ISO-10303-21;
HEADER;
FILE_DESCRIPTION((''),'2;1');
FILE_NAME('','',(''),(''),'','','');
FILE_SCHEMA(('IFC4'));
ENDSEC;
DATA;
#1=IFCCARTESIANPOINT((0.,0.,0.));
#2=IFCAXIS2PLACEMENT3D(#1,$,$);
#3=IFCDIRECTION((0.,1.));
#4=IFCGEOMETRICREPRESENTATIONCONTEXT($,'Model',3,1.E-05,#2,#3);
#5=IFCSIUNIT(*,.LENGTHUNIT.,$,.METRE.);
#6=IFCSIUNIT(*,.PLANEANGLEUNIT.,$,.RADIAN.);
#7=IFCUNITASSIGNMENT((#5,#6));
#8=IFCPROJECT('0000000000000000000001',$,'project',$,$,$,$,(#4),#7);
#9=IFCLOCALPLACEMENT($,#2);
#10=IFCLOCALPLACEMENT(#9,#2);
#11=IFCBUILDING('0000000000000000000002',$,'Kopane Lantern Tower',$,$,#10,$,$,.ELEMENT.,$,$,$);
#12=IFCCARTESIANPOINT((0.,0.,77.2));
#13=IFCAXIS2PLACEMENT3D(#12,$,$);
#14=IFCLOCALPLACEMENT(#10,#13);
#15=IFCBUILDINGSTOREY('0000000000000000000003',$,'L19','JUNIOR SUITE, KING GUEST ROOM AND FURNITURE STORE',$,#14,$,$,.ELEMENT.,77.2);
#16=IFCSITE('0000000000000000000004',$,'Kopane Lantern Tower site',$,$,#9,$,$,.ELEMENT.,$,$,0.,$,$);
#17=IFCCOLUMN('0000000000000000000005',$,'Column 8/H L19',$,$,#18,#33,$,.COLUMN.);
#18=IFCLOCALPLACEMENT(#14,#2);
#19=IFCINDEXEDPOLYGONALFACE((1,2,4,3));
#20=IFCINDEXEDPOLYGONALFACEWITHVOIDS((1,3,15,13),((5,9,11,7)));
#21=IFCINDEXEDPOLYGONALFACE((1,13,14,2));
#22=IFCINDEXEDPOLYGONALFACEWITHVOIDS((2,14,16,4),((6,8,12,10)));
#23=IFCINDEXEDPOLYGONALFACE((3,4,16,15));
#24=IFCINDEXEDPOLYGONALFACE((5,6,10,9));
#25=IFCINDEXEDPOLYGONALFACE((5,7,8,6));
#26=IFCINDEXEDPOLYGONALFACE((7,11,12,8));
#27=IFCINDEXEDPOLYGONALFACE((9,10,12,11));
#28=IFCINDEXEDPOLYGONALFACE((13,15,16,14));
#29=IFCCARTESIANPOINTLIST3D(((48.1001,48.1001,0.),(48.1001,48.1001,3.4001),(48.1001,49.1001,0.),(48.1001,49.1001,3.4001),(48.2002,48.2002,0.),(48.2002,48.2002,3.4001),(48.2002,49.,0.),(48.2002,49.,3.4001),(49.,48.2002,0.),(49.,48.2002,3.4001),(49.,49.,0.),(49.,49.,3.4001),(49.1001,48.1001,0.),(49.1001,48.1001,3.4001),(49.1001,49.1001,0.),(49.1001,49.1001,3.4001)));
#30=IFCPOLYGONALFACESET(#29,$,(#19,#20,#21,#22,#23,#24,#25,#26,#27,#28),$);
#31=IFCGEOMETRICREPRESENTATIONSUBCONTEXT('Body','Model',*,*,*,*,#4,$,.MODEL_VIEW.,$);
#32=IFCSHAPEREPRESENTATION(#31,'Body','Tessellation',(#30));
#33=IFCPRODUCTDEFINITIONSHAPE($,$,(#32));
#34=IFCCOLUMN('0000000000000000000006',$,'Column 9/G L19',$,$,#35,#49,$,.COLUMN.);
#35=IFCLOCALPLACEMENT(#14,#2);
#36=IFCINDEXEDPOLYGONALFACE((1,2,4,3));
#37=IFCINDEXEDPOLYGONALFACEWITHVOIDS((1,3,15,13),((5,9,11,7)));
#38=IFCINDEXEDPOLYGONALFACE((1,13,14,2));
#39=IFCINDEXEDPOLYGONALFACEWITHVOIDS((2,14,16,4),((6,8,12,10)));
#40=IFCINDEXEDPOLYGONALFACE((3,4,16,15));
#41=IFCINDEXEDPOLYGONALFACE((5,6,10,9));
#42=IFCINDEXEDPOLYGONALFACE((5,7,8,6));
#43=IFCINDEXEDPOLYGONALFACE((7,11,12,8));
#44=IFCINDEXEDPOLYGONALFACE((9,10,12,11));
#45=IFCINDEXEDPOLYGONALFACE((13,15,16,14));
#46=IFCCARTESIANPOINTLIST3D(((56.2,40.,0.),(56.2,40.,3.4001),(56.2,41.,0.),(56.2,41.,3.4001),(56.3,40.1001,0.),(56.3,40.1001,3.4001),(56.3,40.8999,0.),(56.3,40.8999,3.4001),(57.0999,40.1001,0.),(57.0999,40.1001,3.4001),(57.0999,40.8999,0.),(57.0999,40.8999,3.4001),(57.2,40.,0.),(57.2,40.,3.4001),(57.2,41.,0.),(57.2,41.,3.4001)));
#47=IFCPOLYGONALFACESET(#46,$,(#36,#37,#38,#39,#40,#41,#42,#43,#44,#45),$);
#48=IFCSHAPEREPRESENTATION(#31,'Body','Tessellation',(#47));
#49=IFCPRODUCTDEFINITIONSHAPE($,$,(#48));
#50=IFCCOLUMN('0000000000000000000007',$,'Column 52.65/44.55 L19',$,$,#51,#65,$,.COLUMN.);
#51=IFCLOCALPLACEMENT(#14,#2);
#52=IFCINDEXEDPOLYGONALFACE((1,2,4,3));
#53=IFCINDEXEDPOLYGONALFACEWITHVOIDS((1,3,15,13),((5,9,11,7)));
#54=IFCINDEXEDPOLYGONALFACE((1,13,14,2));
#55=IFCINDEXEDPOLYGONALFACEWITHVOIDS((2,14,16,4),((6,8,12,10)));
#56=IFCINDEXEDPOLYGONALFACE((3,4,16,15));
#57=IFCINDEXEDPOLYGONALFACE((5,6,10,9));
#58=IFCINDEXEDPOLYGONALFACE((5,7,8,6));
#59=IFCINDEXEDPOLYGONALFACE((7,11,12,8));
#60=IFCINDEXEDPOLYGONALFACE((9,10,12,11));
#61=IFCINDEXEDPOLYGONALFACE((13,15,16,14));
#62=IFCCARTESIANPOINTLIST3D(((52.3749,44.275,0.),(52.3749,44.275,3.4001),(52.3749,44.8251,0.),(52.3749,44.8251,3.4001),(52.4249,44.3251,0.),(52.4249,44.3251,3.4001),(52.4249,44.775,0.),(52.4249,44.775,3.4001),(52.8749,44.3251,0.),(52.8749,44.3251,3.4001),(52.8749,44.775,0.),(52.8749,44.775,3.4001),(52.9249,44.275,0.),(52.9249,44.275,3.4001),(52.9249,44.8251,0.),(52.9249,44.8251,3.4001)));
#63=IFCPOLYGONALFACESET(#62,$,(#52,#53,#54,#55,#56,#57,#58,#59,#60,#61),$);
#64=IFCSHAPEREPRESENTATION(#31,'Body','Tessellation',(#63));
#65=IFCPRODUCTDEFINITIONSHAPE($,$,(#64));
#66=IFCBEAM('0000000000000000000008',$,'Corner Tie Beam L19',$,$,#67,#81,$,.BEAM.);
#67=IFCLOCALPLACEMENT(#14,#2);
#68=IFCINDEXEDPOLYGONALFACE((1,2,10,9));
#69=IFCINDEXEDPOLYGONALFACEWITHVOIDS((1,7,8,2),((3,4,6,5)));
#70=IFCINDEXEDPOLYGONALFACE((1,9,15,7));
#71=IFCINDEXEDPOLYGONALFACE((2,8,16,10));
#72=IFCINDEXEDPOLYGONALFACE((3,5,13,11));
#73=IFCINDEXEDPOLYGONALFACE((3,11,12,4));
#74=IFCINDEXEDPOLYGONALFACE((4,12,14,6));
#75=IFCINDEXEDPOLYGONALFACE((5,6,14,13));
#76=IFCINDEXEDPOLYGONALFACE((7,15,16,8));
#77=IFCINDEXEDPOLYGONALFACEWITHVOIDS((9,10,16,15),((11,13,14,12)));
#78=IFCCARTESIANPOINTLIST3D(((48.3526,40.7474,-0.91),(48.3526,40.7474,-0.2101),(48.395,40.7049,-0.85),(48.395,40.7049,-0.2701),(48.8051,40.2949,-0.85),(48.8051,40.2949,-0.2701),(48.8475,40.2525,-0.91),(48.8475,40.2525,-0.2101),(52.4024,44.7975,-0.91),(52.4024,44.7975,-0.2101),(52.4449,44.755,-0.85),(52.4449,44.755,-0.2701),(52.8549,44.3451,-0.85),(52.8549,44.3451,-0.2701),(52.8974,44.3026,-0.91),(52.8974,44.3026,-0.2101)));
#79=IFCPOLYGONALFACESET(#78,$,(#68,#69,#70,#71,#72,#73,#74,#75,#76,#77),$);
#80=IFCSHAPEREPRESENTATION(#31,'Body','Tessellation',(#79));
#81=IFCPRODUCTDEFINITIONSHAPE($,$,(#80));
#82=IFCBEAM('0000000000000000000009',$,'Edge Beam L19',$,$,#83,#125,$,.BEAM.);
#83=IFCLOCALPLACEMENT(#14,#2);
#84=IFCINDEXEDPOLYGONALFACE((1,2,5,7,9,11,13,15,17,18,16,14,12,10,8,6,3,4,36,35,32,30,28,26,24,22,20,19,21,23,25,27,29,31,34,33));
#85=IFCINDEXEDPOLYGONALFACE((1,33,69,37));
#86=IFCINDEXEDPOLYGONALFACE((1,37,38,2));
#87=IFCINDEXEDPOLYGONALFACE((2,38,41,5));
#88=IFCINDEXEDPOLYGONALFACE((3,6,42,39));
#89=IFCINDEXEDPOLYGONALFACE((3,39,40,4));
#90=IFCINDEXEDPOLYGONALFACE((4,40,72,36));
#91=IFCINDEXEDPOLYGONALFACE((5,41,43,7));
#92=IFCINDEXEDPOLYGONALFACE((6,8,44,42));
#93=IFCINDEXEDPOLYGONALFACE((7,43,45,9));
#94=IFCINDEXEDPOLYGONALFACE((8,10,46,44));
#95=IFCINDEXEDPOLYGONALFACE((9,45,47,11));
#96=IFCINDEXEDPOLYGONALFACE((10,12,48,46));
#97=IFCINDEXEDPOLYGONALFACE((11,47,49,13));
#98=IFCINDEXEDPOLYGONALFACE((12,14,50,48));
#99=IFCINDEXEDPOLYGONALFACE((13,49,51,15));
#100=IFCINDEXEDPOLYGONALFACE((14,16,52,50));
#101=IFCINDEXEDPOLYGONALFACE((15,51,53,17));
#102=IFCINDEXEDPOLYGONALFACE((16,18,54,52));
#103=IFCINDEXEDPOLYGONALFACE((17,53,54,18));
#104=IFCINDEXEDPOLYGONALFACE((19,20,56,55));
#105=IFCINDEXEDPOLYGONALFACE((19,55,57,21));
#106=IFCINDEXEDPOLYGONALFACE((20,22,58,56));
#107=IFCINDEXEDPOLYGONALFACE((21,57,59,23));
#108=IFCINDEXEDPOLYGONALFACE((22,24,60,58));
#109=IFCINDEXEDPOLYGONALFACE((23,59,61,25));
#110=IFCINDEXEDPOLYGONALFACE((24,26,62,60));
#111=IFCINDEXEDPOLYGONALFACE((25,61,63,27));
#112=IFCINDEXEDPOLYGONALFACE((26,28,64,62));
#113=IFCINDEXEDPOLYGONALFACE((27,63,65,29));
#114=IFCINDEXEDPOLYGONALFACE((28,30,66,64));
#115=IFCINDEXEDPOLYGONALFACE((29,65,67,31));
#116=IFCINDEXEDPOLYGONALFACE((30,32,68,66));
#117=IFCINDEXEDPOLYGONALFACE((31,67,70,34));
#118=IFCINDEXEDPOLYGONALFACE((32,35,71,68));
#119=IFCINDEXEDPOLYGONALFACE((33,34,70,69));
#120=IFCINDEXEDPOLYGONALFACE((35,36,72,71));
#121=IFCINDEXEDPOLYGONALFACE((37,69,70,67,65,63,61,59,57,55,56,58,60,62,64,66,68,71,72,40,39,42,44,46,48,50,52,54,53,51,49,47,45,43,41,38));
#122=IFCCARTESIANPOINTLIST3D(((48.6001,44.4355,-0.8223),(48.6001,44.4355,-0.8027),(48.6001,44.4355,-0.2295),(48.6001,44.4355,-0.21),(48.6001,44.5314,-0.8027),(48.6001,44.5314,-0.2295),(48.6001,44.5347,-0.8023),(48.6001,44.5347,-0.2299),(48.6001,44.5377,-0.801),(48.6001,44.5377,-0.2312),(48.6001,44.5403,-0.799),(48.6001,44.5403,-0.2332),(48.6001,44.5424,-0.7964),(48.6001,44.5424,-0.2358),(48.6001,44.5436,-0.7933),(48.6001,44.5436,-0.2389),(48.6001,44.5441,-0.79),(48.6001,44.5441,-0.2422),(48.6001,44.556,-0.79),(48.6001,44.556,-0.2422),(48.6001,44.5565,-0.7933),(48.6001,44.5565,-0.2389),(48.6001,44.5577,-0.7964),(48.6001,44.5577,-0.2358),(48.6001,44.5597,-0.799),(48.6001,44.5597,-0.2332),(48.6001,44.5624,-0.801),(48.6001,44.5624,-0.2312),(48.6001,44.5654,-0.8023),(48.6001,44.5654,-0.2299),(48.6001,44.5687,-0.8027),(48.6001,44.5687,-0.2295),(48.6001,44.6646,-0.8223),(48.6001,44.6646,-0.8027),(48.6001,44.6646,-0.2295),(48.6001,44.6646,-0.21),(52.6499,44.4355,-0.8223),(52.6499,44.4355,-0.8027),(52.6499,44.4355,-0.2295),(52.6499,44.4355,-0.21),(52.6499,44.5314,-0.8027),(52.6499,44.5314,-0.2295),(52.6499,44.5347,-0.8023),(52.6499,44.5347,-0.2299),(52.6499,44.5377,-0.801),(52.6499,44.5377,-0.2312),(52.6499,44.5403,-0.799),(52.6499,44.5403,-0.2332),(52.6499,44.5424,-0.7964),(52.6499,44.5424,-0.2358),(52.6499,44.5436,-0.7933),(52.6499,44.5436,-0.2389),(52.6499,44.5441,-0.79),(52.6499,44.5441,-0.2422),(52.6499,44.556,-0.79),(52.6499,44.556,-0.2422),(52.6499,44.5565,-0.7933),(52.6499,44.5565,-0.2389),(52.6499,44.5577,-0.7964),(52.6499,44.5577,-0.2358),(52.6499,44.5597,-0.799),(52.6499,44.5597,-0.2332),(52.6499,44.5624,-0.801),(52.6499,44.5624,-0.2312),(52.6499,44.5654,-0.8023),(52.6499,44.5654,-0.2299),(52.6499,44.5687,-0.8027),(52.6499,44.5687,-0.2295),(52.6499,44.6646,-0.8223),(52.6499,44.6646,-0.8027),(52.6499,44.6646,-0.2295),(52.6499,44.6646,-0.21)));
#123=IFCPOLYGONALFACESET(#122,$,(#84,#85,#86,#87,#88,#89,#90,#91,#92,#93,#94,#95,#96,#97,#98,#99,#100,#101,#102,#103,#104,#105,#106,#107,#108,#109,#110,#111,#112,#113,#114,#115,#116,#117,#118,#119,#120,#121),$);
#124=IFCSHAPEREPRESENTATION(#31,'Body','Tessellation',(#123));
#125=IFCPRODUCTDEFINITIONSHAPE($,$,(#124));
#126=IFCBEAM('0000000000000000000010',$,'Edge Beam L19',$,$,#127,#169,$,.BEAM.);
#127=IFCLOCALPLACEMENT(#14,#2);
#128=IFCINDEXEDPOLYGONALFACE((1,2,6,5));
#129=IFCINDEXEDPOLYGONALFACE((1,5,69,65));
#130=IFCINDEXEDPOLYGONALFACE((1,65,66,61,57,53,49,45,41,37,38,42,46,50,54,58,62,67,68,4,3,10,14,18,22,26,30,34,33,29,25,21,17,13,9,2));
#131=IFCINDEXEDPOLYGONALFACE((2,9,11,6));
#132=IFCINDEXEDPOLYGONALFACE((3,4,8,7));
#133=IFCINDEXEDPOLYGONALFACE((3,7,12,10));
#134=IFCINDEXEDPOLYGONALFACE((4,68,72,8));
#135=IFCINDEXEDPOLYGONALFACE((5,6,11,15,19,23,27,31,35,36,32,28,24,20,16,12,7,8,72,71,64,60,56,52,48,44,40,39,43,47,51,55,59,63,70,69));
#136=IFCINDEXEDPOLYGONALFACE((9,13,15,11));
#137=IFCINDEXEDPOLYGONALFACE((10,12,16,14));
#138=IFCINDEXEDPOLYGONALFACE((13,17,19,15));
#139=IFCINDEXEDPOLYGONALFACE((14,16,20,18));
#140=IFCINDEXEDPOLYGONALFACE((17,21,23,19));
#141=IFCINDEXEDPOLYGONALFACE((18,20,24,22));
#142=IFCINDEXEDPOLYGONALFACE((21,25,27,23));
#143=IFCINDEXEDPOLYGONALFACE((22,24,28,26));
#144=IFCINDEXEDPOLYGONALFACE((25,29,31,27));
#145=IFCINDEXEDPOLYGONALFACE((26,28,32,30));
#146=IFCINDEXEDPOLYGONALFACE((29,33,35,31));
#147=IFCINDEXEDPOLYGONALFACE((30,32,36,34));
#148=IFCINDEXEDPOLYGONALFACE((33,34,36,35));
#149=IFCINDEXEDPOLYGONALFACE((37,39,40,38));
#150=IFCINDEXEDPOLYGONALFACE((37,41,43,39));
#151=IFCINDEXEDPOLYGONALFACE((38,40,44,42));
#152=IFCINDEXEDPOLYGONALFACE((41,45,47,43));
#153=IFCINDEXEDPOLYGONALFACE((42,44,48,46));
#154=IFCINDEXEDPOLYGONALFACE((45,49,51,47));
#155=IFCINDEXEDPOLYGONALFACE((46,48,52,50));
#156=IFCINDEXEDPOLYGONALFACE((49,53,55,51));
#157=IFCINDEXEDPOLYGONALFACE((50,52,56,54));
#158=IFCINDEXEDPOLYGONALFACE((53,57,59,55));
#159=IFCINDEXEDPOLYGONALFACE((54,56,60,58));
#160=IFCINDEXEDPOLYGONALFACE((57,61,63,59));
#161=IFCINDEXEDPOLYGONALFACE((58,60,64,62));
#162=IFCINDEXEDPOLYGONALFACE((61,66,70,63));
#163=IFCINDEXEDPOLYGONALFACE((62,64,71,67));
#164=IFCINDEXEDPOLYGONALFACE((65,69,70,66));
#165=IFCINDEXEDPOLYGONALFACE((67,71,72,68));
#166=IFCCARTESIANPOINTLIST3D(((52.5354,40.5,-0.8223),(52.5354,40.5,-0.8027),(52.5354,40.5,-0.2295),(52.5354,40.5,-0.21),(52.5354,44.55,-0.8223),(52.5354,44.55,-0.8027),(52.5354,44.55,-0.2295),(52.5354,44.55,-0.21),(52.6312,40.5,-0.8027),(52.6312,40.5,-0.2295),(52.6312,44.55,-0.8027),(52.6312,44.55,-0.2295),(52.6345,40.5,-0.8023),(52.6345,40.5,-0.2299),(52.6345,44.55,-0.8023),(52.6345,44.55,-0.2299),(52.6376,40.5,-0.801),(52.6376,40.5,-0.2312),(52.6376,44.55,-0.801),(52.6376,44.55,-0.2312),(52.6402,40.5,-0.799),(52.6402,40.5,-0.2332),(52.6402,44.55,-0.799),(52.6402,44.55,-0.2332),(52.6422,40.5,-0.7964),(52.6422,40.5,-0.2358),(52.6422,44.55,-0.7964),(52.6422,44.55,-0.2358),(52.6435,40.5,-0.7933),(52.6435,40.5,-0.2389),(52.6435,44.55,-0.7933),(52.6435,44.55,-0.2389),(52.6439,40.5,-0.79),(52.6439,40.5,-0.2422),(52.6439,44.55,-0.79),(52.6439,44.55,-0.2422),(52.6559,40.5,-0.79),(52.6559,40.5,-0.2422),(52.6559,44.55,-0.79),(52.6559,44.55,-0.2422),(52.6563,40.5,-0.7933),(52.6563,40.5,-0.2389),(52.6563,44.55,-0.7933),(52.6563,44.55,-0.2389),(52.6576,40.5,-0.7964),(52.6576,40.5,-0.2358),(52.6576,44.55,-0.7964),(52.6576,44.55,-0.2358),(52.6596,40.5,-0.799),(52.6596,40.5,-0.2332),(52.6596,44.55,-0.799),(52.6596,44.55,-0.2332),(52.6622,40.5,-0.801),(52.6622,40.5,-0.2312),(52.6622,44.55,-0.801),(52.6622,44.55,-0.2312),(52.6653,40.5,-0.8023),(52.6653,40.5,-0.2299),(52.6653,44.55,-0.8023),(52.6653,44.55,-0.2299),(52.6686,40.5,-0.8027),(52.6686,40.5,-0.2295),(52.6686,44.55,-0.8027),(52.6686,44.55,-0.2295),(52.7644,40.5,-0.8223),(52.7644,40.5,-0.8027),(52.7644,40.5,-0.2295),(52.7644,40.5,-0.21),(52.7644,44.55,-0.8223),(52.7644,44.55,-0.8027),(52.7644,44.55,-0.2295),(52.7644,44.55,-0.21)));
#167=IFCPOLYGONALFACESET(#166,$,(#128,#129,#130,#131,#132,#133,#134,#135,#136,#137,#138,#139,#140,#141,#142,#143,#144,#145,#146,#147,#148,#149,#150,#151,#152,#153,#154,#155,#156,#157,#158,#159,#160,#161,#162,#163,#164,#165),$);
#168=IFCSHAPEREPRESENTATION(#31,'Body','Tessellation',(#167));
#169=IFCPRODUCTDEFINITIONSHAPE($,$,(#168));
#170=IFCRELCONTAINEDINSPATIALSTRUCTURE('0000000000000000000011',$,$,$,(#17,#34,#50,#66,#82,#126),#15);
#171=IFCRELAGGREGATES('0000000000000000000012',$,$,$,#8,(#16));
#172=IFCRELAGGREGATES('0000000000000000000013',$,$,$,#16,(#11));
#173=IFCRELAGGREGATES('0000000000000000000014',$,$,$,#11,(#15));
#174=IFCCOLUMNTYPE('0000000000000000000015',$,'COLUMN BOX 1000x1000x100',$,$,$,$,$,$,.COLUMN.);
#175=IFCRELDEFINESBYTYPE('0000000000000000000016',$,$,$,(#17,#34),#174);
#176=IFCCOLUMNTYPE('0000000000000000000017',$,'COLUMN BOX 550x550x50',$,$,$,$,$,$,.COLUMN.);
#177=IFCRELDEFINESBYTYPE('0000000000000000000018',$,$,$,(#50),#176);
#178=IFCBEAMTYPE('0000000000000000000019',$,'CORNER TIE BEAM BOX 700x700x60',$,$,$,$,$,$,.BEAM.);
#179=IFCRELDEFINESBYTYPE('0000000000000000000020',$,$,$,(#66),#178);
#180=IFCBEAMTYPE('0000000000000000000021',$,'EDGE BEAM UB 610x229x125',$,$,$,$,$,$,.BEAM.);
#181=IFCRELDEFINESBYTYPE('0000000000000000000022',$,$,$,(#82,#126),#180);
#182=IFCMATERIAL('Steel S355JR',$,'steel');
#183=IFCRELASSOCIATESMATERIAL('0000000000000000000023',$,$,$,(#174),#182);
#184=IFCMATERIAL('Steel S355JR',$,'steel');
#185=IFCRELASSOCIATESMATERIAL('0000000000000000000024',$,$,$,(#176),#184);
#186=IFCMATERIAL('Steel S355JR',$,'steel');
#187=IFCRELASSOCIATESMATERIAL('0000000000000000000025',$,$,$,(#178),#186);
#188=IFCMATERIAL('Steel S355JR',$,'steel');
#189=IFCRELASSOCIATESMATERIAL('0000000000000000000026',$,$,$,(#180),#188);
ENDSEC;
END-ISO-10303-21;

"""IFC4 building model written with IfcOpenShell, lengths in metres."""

from ifc_helpers import new_model, si_unit, direction, frame, origin, origin_2d, place, context, subcontext, project, spatial, hollow_rectangle, i_section, extrude, material, material_profile, profile_set, type_object, element, save


model = new_model("IFC4")

# Units and contexts
model_context = context("Model", 3, precision=1e-05, world=origin(), true_north=direction((0.0, 1.0)))
body_context = subcontext(model_context, "Body", "Model", "MODEL_VIEW")
ifc_project = project(units=[si_unit("LENGTHUNIT", "METRE"), si_unit("PLANEANGLEUNIT", "RADIAN")], contexts=[model_context])

# Site, building, storey
site_placement = place(None, origin())
site = spatial("IfcSite", under=ifc_project, at=site_placement, Name="Kopane Lantern Tower site", CompositionType="ELEMENT", RefElevation=0.0)
building_placement = place(site_placement, origin())
building = spatial("IfcBuilding", under=site, at=building_placement, Name="Kopane Lantern Tower", CompositionType="ELEMENT")
storey_placement = place(building_placement, frame((0.0, 0.0, 77.2)))
storey = spatial("IfcBuildingStorey", under=building, at=storey_placement, Name="L19", Description="JUNIOR SUITE, KING GUEST ROOM AND FURNITURE STORE", CompositionType="ELEMENT", Elevation=77.2)

# Columns
ifc_material_1 = material(Name="Steel S355JR", Category="steel")
ifc_material_profile_1 = material_profile(ifc_material_1, hollow_rectangle(XDim=1.0, YDim=1.0, WallThickness=0.1001, at=origin_2d()), Name="BOX 1000x1000x100")
ifc_profile_set_1 = profile_set([ifc_material_profile_1], Name="Steel S355JR")
column_type_1 = type_object("IfcColumnType", Name="COLUMN BOX 1000x1000x100", PredefinedType="COLUMN", material=ifc_profile_set_1)
for number, where, z_axis, x_axis, name in (
    (1, (48.6001, 48.6001, 0.0), (0.0, 0.0, 1.0), (1.0, 0.0, 0.0), "Column 8/H L19"),
    (2, (56.7, 40.5, 0.0), (0.0, 0.0, 1.0), (1.0, 0.0, 0.0), "Column 9/G L19"),
):
    element("IfcColumn", number, at=place(storey_placement, frame(where, z_axis=z_axis, x_axis=x_axis)), inside=storey, type_object=column_type_1, Name=name, PredefinedType="COLUMN", context=body_context, shape_type="SweptSolid", body=[
        extrude(hollow_rectangle(XDim=1.0, YDim=1.0, WallThickness=0.1001, at=origin_2d()), origin(), (0.0, 0.0, 1.0), 3.4001),
    ])
ifc_material_2 = material(Name="Steel S355JR", Category="steel")
ifc_material_profile_2 = material_profile(ifc_material_2, hollow_rectangle(XDim=0.55, YDim=0.55, WallThickness=0.05, at=origin_2d()), Name="BOX 550x550x50")
ifc_profile_set_2 = profile_set([ifc_material_profile_2], Name="Steel S355JR")
column_type_2 = type_object("IfcColumnType", Name="COLUMN BOX 550x550x50", PredefinedType="COLUMN", material=ifc_profile_set_2)
column_placement = place(storey_placement, frame((52.6499, 44.55, 0.0), z_axis=(0.0, 0.0, 1.0), x_axis=(1.0, 0.0, 0.0)))
element("IfcColumn", 3, at=column_placement, inside=storey, type_object=column_type_2, Name="Column 52.65/44.55 L19", PredefinedType="COLUMN", context=body_context, shape_type="SweptSolid", body=[
    extrude(hollow_rectangle(XDim=0.55, YDim=0.55, WallThickness=0.05, at=origin_2d()), origin(), (0.0, 0.0, 1.0), 3.4001),
])

# Beams
ifc_material_3 = material(Name="Steel S355JR", Category="steel")
ifc_material_profile_3 = material_profile(ifc_material_3, hollow_rectangle(XDim=0.7, YDim=0.7, WallThickness=0.0601, at=origin_2d()), Name="BOX 700x700x60")
ifc_profile_set_3 = profile_set([ifc_material_profile_3], Name="Steel S355JR")
beam_type_1 = type_object("IfcBeamType", Name="CORNER TIE BEAM BOX 700x700x60", PredefinedType="BEAM", material=ifc_profile_set_3)
beam_1_placement = place(storey_placement, frame((52.6499, 44.55, -0.5601), z_axis=(-0.707085, -0.707128, 0.0), x_axis=(0.707128, -0.707085, 0.0)))
element("IfcBeam", 4, at=beam_1_placement, inside=storey, type_object=beam_type_1, Name="Corner Tie Beam L19", PredefinedType="BEAM", context=body_context, shape_type="SweptSolid", body=[
    extrude(hollow_rectangle(XDim=0.7, YDim=0.7, WallThickness=0.0601, at=origin_2d()), origin(), (0.0, 0.0, 1.0), 5.7275),
])
ifc_material_4 = material(Name="Steel S355JR", Category="steel")
ifc_material_profile_4 = material_profile(ifc_material_4, i_section(OverallWidth=0.229, OverallDepth=0.6123, WebThickness=0.012, FlangeThickness=0.0195, FilletRadius=0.0127, at=origin_2d()), Name="UB 610x229x125")
ifc_profile_set_4 = profile_set([ifc_material_profile_4], Name="Steel S355JR")
beam_type_2 = type_object("IfcBeamType", Name="EDGE BEAM UB 610x229x125", PredefinedType="BEAM", material=ifc_profile_set_4)
beam_2_placement = place(storey_placement, frame((52.6499, 44.55, -0.5161), z_axis=(-1.0, 0.0, 0.0), x_axis=(0.0, -1.0, 0.0)))
element("IfcBeam", 5, at=beam_2_placement, inside=storey, type_object=beam_type_2, Name="Edge Beam L19", PredefinedType="BEAM", context=body_context, shape_type="SweptSolid", body=[
    extrude(i_section(OverallWidth=0.229, OverallDepth=0.6123, WebThickness=0.012, FlangeThickness=0.0195, FilletRadius=0.0127, at=origin_2d()), origin(), (0.0, 0.0, 1.0), 4.0498),
])
beam_3_placement = place(storey_placement, frame((52.6499, 44.55, -0.5161), z_axis=(0.0, -1.0, 0.0), x_axis=(1.0, 0.0, 0.0)))
element("IfcBeam", 6, at=beam_3_placement, inside=storey, type_object=beam_type_2, Name="Edge Beam L19", PredefinedType="BEAM", context=body_context, shape_type="SweptSolid", body=[
    extrude(i_section(OverallWidth=0.229, OverallDepth=0.6123, WebThickness=0.012, FlangeThickness=0.0195, FilletRadius=0.0127, at=origin_2d()), origin(), (0.0, 0.0, 1.0), 4.05),
])

save(model, "model.ifc")
